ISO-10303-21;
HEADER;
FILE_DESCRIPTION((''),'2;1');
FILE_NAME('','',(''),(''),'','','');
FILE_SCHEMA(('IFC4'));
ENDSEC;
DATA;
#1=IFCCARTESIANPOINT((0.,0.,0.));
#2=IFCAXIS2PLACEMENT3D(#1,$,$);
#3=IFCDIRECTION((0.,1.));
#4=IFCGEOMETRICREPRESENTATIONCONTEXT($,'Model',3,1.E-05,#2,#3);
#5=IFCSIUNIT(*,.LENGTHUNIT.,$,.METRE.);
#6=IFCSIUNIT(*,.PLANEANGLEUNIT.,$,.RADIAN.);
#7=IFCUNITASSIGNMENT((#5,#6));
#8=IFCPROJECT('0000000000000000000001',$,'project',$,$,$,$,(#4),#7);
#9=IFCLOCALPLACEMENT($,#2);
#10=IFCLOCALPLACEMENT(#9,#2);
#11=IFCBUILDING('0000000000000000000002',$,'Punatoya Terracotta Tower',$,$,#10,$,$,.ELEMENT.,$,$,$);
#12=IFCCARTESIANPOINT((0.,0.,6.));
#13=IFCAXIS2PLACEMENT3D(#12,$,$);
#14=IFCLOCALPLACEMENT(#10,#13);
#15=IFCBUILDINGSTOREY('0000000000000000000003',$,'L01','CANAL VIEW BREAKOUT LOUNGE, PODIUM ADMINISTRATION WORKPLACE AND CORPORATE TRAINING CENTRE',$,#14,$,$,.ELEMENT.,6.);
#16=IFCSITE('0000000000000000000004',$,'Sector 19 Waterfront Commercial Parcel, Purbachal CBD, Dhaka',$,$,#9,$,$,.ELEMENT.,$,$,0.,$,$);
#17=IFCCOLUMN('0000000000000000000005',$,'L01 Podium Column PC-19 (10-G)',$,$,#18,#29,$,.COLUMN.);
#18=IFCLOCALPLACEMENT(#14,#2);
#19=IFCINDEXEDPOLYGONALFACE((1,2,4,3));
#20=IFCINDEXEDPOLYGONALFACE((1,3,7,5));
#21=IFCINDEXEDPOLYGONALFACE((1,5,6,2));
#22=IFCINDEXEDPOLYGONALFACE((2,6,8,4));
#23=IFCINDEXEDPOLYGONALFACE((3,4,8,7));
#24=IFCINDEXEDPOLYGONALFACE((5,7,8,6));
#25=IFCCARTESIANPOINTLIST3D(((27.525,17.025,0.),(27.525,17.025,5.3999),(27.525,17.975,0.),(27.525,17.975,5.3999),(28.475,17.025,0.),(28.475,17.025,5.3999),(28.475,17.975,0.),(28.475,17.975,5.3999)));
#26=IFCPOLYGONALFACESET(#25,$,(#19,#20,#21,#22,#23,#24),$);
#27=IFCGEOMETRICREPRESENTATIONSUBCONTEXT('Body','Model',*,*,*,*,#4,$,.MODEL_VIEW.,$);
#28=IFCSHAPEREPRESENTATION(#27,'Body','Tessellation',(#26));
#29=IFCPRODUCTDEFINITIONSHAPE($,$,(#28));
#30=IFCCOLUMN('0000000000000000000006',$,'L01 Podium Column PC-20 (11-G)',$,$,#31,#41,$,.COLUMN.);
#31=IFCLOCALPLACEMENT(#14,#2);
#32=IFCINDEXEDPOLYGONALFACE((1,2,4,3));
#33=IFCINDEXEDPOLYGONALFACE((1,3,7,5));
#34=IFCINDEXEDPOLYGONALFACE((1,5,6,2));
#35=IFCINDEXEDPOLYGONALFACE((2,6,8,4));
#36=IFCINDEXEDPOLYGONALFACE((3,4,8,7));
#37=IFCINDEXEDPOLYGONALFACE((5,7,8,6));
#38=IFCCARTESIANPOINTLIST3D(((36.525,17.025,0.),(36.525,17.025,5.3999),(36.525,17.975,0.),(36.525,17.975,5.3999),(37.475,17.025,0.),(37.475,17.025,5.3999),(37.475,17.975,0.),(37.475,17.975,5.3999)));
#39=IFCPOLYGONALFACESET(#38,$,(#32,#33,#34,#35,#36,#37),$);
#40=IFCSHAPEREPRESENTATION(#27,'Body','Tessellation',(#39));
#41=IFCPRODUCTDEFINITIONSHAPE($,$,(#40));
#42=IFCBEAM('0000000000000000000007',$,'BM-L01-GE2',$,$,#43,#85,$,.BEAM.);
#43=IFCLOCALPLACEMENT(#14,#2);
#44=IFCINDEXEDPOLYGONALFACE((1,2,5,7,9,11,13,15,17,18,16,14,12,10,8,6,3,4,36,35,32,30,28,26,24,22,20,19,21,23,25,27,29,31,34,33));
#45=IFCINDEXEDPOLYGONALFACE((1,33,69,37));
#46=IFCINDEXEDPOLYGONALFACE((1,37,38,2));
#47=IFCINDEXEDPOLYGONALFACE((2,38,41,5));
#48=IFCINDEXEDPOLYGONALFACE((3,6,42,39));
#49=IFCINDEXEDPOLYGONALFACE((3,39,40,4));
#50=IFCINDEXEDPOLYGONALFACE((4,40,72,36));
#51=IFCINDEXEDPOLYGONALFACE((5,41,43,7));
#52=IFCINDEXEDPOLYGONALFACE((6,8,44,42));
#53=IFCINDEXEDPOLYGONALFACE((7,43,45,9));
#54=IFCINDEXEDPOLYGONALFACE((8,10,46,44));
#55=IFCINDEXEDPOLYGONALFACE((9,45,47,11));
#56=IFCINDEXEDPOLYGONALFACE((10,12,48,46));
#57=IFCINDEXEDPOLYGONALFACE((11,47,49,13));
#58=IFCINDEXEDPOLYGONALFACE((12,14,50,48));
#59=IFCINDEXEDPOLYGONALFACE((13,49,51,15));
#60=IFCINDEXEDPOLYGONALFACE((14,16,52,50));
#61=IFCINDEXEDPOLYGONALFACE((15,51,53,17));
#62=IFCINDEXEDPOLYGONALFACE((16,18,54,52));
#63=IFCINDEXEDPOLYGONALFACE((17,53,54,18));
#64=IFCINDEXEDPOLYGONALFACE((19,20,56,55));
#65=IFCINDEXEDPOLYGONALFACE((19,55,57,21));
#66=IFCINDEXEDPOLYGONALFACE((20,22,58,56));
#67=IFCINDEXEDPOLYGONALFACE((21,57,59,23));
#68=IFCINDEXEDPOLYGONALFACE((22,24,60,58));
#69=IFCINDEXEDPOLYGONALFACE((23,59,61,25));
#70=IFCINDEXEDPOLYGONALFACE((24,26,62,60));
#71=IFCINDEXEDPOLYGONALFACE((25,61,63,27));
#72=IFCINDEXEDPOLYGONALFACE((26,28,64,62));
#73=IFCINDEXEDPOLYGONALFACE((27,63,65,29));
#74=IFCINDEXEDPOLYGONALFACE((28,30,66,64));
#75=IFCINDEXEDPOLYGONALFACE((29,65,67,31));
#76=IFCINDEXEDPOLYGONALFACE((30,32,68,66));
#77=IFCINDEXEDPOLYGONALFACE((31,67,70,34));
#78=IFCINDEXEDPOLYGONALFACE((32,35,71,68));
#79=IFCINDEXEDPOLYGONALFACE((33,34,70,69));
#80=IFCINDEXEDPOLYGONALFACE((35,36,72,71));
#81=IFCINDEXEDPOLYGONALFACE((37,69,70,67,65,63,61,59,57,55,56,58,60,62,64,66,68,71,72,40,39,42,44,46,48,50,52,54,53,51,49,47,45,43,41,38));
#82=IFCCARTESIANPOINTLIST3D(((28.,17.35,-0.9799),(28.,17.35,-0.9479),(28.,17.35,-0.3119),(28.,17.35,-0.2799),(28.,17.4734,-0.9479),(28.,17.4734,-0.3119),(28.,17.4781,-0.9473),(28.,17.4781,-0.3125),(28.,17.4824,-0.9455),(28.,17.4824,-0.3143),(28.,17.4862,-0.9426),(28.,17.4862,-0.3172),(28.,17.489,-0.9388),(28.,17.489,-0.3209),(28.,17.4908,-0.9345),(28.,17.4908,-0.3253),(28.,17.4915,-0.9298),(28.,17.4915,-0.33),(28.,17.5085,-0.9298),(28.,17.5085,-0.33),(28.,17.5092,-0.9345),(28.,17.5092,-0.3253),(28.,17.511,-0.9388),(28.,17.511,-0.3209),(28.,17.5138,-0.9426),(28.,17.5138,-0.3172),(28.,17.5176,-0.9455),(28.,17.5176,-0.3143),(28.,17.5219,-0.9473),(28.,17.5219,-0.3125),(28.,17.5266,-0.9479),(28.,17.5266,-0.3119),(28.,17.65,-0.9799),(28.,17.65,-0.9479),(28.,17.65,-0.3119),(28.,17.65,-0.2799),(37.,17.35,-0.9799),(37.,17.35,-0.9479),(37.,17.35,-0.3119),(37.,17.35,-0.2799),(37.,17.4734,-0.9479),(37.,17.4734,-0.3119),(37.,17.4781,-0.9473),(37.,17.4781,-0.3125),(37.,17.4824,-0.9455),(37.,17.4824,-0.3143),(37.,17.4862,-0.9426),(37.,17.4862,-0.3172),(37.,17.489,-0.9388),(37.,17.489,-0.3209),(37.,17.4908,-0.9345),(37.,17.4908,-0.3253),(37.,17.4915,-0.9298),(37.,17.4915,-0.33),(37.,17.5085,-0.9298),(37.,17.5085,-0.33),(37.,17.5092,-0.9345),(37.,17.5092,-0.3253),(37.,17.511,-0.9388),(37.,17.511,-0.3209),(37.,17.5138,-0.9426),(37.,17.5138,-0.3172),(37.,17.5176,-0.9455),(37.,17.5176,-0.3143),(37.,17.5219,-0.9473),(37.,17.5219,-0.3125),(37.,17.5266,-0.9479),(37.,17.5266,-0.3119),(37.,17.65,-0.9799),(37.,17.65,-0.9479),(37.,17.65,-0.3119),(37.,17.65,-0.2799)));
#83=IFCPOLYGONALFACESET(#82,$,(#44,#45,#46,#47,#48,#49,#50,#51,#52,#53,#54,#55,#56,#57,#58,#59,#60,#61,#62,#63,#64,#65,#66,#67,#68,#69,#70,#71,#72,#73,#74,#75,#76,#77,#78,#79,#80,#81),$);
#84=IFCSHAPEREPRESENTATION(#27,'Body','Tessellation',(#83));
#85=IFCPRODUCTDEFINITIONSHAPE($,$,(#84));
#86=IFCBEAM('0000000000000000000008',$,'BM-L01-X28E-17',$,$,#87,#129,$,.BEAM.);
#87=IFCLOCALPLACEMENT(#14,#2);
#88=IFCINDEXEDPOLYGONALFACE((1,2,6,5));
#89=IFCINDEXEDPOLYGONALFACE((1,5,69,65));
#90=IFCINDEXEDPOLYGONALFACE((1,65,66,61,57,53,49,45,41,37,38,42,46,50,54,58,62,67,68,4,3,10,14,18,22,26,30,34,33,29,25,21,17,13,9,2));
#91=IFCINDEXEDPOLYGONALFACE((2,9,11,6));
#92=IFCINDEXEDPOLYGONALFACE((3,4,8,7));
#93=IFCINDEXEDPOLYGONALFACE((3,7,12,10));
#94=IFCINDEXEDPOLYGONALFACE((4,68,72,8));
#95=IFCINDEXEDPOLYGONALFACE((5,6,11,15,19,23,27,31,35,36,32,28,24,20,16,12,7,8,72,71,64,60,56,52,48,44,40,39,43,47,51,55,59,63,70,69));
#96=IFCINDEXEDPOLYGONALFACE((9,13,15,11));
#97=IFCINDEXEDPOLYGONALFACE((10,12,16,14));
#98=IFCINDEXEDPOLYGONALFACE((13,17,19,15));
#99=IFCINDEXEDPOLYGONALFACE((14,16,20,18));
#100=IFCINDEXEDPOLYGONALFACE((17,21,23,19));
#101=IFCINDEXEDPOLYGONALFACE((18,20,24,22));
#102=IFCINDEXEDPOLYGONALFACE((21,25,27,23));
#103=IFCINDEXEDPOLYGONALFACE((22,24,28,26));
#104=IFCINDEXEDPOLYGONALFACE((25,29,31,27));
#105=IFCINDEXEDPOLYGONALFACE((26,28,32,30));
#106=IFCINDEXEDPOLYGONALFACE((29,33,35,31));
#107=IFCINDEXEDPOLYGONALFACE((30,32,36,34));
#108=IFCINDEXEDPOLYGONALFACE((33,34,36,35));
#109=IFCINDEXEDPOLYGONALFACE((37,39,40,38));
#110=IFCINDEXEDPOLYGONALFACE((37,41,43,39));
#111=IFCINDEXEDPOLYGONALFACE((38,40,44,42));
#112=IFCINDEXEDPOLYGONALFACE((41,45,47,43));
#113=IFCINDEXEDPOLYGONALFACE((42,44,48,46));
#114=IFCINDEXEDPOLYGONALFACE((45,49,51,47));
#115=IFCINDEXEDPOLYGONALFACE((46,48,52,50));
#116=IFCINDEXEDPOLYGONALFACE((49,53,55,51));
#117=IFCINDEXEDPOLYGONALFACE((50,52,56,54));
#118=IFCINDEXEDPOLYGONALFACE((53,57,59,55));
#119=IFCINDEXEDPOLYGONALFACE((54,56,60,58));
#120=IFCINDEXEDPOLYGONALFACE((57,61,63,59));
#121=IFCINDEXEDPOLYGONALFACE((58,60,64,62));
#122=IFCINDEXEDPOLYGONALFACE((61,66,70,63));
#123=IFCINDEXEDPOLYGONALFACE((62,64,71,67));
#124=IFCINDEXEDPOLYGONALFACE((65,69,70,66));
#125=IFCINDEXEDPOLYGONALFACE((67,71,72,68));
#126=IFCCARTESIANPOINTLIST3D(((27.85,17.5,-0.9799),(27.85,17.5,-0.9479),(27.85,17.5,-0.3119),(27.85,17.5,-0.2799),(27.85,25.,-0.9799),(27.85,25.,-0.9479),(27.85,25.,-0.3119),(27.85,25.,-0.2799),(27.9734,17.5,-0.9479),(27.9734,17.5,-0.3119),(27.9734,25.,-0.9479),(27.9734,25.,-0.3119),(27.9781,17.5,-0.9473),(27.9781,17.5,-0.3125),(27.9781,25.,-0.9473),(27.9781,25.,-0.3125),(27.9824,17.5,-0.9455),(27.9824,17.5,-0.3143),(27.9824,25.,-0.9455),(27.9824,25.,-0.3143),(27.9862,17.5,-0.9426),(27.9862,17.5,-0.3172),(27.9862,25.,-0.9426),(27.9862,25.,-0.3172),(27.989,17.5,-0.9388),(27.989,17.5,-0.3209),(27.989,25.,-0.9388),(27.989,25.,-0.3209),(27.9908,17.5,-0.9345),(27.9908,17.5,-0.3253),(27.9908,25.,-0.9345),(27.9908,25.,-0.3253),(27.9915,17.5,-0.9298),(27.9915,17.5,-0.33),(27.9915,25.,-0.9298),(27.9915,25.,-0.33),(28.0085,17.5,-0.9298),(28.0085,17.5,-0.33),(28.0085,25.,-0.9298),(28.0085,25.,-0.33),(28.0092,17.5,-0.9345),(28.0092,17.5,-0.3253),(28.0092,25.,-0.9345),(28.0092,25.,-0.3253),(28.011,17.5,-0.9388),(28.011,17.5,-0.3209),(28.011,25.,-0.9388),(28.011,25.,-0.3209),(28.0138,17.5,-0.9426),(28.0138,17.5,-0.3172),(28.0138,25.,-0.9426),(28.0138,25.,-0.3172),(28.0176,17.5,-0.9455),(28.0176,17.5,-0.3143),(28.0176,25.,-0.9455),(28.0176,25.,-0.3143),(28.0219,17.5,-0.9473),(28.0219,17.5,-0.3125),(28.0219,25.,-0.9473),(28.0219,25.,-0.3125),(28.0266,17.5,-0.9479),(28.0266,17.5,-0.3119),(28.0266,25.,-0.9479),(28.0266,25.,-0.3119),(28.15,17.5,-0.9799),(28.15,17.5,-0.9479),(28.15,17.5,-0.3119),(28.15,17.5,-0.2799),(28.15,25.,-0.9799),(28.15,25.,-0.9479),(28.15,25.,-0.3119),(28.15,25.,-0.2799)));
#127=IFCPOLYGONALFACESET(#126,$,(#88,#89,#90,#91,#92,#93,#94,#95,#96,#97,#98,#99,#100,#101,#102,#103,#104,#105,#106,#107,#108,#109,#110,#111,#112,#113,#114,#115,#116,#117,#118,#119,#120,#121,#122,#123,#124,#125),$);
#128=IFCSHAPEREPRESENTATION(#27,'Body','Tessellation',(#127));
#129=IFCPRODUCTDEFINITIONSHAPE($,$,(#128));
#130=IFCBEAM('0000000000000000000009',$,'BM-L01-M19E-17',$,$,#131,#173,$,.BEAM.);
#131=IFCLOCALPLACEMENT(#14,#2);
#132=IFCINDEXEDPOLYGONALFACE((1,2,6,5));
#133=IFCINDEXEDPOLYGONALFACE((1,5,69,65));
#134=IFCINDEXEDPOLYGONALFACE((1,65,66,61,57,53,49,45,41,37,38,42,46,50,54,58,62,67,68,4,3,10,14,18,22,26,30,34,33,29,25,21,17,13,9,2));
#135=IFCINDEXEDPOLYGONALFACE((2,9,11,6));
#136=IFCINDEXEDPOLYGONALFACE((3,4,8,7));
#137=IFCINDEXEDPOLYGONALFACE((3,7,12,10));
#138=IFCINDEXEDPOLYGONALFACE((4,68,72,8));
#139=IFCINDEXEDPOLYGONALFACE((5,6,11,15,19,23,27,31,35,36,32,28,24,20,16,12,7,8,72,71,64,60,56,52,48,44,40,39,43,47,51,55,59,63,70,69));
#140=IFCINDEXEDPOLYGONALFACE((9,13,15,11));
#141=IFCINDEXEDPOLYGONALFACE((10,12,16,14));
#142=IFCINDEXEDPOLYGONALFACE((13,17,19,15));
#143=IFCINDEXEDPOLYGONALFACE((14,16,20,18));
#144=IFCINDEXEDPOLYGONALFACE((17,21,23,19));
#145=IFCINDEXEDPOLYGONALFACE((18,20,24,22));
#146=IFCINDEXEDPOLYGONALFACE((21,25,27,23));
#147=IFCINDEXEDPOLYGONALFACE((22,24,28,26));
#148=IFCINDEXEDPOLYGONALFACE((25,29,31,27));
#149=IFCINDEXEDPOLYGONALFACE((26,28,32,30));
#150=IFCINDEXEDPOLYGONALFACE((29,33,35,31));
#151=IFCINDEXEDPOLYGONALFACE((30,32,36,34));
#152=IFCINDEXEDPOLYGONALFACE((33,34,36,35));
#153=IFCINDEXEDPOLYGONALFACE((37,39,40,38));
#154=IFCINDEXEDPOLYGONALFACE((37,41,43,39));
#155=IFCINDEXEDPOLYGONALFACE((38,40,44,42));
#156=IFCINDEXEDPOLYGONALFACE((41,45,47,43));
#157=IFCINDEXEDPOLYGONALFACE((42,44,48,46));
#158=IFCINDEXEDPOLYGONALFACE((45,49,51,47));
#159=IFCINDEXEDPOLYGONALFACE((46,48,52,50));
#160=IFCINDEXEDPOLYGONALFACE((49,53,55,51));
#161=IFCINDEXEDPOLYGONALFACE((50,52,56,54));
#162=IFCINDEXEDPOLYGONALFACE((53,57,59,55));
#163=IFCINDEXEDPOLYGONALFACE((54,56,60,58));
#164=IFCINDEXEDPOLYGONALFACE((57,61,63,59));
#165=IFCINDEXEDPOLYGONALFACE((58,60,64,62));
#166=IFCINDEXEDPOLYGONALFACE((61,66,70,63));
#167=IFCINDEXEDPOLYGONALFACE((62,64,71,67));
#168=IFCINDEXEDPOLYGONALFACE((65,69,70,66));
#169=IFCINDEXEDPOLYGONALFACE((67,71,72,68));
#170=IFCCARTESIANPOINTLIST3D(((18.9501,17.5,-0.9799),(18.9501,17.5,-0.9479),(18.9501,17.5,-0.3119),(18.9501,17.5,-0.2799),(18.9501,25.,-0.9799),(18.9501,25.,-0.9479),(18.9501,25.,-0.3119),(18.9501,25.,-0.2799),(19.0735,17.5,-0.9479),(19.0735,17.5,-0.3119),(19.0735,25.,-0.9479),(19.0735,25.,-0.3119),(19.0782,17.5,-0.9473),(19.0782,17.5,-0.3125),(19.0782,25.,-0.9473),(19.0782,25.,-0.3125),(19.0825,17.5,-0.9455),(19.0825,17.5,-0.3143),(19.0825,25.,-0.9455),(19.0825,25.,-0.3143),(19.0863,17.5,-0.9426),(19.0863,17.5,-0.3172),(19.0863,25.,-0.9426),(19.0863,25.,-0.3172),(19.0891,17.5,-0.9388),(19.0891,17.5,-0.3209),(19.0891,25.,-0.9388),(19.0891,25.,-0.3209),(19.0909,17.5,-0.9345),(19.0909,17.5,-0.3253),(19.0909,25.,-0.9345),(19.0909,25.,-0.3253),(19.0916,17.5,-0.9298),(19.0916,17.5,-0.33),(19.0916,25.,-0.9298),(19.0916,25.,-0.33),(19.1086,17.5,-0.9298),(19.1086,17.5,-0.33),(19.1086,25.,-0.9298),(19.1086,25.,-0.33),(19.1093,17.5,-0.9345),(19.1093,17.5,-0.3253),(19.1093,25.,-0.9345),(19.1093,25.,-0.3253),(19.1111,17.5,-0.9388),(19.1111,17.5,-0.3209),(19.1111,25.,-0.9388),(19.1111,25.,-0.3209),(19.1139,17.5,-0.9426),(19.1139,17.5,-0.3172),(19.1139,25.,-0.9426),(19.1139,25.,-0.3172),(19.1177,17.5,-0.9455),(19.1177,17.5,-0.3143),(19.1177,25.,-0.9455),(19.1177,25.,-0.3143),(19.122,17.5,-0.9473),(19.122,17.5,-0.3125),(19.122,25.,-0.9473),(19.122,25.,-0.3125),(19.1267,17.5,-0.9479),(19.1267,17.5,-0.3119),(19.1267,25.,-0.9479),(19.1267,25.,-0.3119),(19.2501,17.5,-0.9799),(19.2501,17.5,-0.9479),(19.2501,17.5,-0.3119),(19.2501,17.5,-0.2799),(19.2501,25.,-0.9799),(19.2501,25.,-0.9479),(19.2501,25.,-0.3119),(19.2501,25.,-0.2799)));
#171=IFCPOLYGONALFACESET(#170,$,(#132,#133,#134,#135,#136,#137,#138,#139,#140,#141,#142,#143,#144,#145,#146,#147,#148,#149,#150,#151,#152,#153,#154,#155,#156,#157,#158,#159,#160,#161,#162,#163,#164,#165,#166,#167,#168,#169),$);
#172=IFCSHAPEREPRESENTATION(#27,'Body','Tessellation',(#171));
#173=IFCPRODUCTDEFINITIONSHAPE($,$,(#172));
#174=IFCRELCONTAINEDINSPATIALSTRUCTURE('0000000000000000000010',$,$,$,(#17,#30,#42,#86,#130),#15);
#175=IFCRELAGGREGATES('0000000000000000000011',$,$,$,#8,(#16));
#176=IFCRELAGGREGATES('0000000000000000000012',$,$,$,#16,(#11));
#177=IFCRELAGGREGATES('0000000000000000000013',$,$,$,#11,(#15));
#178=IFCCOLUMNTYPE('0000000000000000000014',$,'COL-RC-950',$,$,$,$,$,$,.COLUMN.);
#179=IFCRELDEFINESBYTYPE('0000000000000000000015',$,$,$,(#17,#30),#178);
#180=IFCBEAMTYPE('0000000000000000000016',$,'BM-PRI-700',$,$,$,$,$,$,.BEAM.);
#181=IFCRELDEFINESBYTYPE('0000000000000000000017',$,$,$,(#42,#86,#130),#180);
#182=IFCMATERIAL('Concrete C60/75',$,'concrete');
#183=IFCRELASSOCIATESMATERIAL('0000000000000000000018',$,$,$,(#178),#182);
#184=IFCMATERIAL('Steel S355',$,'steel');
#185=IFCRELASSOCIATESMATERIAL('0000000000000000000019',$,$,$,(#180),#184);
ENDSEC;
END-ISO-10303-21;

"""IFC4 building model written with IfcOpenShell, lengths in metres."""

from ifc_helpers import new_model, si_unit, direction, frame, origin, origin_2d, place, context, subcontext, project, spatial, rectangle, i_section, extrude, material, material_profile, profile_set, type_object, element, save


model = new_model("IFC4")

# Units and contexts
model_context = context("Model", 3, precision=1e-05, world=origin(), true_north=direction((0.0, 1.0)))
body_context = subcontext(model_context, "Body", "Model", "MODEL_VIEW")
ifc_project = project(units=[si_unit("LENGTHUNIT", "METRE"), si_unit("PLANEANGLEUNIT", "RADIAN")], contexts=[model_context])

# Site, building, storey
site_placement = place(None, origin())
site = spatial("IfcSite", under=ifc_project, at=site_placement, Name="Sector 19 Waterfront Commercial Parcel, Purbachal CBD, Dhaka", CompositionType="ELEMENT", RefElevation=0.0)
building_placement = place(site_placement, origin())
building = spatial("IfcBuilding", under=site, at=building_placement, Name="Punatoya Terracotta Tower", CompositionType="ELEMENT")
storey_placement = place(building_placement, frame((0.0, 0.0, 6.0)))
storey = spatial("IfcBuildingStorey", under=building, at=storey_placement, Name="L01", Description="CANAL VIEW BREAKOUT LOUNGE, PODIUM ADMINISTRATION WORKPLACE AND CORPORATE TRAINING CENTRE", CompositionType="ELEMENT", Elevation=6.0)

# Columns
ifc_material_1 = material(Name="Concrete C60/75", Category="concrete")
ifc_material_profile_1 = material_profile(ifc_material_1, rectangle(XDim=0.95, YDim=0.95, at=origin_2d()))
ifc_profile_set_1 = profile_set([ifc_material_profile_1], Name="Concrete C60/75")
column_type = type_object("IfcColumnType", Name="COL-RC-950", PredefinedType="COLUMN", material=ifc_profile_set_1)
for number, where, z_axis, x_axis, name in (
    (1, (28.0, 17.5, 0.0), (0.0, 0.0, 1.0), (1.0, 0.0, 0.0), "L01 Podium Column PC-19 (10-G)"),
    (2, (37.0, 17.5, 0.0), (0.0, 0.0, 1.0), (1.0, 0.0, 0.0), "L01 Podium Column PC-20 (11-G)"),
):
    element("IfcColumn", number, at=place(storey_placement, frame(where, z_axis=z_axis, x_axis=x_axis)), inside=storey, type_object=column_type, Name=name, PredefinedType="COLUMN", context=body_context, shape_type="SweptSolid", body=[
        extrude(rectangle(XDim=0.95, YDim=0.95, at=origin_2d()), origin(), (0.0, 0.0, 1.0), 5.3999),
    ])

# Beams
ifc_material_2 = material(Name="Steel S355", Category="steel")
ifc_material_profile_2 = material_profile(ifc_material_2, i_section(OverallWidth=0.3, OverallDepth=0.7, WebThickness=0.0171, FlangeThickness=0.032, FilletRadius=0.0181, at=origin_2d()))
ifc_profile_set_2 = profile_set([ifc_material_profile_2], Name="Steel S355")
beam_type_1 = type_object("IfcBeamType", Name="BM-PRI-700", PredefinedType="BEAM", material=ifc_profile_set_2)
beam_1_placement = place(storey_placement, frame((28.0, 17.5, -0.6299), z_axis=(1.0, 0.0, 0.0), x_axis=(0.0, 1.0, 0.0)))
element("IfcBeam", 3, at=beam_1_placement, inside=storey, type_object=beam_type_1, Name="BM-L01-GE2", PredefinedType="BEAM", context=body_context, shape_type="SweptSolid", body=[
    extrude(i_section(OverallWidth=0.3, OverallDepth=0.7, WebThickness=0.0171, FlangeThickness=0.032, FilletRadius=0.0181, at=origin_2d()), origin(), (0.0, 0.0, 1.0), 9.0),
])
for number, where, z_axis, x_axis, name in (
    (4, (28.0, 17.5, -0.6299), (0.0, 1.0, 0.0), (-1.0, 0.0, 0.0), "BM-L01-X28E-17"),
    (5, (19.1001, 17.5, -0.6299), (0.0, 1.0, 0.0), (-1.0, 0.0, 0.0), "BM-L01-M19E-17"),
):
    element("IfcBeam", number, at=place(storey_placement, frame(where, z_axis=z_axis, x_axis=x_axis)), inside=storey, type_object=beam_type_1, Name=name, PredefinedType="BEAM", context=body_context, shape_type="SweptSolid", body=[
        extrude(i_section(OverallWidth=0.3, OverallDepth=0.7, WebThickness=0.0171, FlangeThickness=0.032, FilletRadius=0.0181, at=origin_2d()), origin(), (0.0, 0.0, 1.0), 7.5),
    ])

save(model, "model.ifc")
